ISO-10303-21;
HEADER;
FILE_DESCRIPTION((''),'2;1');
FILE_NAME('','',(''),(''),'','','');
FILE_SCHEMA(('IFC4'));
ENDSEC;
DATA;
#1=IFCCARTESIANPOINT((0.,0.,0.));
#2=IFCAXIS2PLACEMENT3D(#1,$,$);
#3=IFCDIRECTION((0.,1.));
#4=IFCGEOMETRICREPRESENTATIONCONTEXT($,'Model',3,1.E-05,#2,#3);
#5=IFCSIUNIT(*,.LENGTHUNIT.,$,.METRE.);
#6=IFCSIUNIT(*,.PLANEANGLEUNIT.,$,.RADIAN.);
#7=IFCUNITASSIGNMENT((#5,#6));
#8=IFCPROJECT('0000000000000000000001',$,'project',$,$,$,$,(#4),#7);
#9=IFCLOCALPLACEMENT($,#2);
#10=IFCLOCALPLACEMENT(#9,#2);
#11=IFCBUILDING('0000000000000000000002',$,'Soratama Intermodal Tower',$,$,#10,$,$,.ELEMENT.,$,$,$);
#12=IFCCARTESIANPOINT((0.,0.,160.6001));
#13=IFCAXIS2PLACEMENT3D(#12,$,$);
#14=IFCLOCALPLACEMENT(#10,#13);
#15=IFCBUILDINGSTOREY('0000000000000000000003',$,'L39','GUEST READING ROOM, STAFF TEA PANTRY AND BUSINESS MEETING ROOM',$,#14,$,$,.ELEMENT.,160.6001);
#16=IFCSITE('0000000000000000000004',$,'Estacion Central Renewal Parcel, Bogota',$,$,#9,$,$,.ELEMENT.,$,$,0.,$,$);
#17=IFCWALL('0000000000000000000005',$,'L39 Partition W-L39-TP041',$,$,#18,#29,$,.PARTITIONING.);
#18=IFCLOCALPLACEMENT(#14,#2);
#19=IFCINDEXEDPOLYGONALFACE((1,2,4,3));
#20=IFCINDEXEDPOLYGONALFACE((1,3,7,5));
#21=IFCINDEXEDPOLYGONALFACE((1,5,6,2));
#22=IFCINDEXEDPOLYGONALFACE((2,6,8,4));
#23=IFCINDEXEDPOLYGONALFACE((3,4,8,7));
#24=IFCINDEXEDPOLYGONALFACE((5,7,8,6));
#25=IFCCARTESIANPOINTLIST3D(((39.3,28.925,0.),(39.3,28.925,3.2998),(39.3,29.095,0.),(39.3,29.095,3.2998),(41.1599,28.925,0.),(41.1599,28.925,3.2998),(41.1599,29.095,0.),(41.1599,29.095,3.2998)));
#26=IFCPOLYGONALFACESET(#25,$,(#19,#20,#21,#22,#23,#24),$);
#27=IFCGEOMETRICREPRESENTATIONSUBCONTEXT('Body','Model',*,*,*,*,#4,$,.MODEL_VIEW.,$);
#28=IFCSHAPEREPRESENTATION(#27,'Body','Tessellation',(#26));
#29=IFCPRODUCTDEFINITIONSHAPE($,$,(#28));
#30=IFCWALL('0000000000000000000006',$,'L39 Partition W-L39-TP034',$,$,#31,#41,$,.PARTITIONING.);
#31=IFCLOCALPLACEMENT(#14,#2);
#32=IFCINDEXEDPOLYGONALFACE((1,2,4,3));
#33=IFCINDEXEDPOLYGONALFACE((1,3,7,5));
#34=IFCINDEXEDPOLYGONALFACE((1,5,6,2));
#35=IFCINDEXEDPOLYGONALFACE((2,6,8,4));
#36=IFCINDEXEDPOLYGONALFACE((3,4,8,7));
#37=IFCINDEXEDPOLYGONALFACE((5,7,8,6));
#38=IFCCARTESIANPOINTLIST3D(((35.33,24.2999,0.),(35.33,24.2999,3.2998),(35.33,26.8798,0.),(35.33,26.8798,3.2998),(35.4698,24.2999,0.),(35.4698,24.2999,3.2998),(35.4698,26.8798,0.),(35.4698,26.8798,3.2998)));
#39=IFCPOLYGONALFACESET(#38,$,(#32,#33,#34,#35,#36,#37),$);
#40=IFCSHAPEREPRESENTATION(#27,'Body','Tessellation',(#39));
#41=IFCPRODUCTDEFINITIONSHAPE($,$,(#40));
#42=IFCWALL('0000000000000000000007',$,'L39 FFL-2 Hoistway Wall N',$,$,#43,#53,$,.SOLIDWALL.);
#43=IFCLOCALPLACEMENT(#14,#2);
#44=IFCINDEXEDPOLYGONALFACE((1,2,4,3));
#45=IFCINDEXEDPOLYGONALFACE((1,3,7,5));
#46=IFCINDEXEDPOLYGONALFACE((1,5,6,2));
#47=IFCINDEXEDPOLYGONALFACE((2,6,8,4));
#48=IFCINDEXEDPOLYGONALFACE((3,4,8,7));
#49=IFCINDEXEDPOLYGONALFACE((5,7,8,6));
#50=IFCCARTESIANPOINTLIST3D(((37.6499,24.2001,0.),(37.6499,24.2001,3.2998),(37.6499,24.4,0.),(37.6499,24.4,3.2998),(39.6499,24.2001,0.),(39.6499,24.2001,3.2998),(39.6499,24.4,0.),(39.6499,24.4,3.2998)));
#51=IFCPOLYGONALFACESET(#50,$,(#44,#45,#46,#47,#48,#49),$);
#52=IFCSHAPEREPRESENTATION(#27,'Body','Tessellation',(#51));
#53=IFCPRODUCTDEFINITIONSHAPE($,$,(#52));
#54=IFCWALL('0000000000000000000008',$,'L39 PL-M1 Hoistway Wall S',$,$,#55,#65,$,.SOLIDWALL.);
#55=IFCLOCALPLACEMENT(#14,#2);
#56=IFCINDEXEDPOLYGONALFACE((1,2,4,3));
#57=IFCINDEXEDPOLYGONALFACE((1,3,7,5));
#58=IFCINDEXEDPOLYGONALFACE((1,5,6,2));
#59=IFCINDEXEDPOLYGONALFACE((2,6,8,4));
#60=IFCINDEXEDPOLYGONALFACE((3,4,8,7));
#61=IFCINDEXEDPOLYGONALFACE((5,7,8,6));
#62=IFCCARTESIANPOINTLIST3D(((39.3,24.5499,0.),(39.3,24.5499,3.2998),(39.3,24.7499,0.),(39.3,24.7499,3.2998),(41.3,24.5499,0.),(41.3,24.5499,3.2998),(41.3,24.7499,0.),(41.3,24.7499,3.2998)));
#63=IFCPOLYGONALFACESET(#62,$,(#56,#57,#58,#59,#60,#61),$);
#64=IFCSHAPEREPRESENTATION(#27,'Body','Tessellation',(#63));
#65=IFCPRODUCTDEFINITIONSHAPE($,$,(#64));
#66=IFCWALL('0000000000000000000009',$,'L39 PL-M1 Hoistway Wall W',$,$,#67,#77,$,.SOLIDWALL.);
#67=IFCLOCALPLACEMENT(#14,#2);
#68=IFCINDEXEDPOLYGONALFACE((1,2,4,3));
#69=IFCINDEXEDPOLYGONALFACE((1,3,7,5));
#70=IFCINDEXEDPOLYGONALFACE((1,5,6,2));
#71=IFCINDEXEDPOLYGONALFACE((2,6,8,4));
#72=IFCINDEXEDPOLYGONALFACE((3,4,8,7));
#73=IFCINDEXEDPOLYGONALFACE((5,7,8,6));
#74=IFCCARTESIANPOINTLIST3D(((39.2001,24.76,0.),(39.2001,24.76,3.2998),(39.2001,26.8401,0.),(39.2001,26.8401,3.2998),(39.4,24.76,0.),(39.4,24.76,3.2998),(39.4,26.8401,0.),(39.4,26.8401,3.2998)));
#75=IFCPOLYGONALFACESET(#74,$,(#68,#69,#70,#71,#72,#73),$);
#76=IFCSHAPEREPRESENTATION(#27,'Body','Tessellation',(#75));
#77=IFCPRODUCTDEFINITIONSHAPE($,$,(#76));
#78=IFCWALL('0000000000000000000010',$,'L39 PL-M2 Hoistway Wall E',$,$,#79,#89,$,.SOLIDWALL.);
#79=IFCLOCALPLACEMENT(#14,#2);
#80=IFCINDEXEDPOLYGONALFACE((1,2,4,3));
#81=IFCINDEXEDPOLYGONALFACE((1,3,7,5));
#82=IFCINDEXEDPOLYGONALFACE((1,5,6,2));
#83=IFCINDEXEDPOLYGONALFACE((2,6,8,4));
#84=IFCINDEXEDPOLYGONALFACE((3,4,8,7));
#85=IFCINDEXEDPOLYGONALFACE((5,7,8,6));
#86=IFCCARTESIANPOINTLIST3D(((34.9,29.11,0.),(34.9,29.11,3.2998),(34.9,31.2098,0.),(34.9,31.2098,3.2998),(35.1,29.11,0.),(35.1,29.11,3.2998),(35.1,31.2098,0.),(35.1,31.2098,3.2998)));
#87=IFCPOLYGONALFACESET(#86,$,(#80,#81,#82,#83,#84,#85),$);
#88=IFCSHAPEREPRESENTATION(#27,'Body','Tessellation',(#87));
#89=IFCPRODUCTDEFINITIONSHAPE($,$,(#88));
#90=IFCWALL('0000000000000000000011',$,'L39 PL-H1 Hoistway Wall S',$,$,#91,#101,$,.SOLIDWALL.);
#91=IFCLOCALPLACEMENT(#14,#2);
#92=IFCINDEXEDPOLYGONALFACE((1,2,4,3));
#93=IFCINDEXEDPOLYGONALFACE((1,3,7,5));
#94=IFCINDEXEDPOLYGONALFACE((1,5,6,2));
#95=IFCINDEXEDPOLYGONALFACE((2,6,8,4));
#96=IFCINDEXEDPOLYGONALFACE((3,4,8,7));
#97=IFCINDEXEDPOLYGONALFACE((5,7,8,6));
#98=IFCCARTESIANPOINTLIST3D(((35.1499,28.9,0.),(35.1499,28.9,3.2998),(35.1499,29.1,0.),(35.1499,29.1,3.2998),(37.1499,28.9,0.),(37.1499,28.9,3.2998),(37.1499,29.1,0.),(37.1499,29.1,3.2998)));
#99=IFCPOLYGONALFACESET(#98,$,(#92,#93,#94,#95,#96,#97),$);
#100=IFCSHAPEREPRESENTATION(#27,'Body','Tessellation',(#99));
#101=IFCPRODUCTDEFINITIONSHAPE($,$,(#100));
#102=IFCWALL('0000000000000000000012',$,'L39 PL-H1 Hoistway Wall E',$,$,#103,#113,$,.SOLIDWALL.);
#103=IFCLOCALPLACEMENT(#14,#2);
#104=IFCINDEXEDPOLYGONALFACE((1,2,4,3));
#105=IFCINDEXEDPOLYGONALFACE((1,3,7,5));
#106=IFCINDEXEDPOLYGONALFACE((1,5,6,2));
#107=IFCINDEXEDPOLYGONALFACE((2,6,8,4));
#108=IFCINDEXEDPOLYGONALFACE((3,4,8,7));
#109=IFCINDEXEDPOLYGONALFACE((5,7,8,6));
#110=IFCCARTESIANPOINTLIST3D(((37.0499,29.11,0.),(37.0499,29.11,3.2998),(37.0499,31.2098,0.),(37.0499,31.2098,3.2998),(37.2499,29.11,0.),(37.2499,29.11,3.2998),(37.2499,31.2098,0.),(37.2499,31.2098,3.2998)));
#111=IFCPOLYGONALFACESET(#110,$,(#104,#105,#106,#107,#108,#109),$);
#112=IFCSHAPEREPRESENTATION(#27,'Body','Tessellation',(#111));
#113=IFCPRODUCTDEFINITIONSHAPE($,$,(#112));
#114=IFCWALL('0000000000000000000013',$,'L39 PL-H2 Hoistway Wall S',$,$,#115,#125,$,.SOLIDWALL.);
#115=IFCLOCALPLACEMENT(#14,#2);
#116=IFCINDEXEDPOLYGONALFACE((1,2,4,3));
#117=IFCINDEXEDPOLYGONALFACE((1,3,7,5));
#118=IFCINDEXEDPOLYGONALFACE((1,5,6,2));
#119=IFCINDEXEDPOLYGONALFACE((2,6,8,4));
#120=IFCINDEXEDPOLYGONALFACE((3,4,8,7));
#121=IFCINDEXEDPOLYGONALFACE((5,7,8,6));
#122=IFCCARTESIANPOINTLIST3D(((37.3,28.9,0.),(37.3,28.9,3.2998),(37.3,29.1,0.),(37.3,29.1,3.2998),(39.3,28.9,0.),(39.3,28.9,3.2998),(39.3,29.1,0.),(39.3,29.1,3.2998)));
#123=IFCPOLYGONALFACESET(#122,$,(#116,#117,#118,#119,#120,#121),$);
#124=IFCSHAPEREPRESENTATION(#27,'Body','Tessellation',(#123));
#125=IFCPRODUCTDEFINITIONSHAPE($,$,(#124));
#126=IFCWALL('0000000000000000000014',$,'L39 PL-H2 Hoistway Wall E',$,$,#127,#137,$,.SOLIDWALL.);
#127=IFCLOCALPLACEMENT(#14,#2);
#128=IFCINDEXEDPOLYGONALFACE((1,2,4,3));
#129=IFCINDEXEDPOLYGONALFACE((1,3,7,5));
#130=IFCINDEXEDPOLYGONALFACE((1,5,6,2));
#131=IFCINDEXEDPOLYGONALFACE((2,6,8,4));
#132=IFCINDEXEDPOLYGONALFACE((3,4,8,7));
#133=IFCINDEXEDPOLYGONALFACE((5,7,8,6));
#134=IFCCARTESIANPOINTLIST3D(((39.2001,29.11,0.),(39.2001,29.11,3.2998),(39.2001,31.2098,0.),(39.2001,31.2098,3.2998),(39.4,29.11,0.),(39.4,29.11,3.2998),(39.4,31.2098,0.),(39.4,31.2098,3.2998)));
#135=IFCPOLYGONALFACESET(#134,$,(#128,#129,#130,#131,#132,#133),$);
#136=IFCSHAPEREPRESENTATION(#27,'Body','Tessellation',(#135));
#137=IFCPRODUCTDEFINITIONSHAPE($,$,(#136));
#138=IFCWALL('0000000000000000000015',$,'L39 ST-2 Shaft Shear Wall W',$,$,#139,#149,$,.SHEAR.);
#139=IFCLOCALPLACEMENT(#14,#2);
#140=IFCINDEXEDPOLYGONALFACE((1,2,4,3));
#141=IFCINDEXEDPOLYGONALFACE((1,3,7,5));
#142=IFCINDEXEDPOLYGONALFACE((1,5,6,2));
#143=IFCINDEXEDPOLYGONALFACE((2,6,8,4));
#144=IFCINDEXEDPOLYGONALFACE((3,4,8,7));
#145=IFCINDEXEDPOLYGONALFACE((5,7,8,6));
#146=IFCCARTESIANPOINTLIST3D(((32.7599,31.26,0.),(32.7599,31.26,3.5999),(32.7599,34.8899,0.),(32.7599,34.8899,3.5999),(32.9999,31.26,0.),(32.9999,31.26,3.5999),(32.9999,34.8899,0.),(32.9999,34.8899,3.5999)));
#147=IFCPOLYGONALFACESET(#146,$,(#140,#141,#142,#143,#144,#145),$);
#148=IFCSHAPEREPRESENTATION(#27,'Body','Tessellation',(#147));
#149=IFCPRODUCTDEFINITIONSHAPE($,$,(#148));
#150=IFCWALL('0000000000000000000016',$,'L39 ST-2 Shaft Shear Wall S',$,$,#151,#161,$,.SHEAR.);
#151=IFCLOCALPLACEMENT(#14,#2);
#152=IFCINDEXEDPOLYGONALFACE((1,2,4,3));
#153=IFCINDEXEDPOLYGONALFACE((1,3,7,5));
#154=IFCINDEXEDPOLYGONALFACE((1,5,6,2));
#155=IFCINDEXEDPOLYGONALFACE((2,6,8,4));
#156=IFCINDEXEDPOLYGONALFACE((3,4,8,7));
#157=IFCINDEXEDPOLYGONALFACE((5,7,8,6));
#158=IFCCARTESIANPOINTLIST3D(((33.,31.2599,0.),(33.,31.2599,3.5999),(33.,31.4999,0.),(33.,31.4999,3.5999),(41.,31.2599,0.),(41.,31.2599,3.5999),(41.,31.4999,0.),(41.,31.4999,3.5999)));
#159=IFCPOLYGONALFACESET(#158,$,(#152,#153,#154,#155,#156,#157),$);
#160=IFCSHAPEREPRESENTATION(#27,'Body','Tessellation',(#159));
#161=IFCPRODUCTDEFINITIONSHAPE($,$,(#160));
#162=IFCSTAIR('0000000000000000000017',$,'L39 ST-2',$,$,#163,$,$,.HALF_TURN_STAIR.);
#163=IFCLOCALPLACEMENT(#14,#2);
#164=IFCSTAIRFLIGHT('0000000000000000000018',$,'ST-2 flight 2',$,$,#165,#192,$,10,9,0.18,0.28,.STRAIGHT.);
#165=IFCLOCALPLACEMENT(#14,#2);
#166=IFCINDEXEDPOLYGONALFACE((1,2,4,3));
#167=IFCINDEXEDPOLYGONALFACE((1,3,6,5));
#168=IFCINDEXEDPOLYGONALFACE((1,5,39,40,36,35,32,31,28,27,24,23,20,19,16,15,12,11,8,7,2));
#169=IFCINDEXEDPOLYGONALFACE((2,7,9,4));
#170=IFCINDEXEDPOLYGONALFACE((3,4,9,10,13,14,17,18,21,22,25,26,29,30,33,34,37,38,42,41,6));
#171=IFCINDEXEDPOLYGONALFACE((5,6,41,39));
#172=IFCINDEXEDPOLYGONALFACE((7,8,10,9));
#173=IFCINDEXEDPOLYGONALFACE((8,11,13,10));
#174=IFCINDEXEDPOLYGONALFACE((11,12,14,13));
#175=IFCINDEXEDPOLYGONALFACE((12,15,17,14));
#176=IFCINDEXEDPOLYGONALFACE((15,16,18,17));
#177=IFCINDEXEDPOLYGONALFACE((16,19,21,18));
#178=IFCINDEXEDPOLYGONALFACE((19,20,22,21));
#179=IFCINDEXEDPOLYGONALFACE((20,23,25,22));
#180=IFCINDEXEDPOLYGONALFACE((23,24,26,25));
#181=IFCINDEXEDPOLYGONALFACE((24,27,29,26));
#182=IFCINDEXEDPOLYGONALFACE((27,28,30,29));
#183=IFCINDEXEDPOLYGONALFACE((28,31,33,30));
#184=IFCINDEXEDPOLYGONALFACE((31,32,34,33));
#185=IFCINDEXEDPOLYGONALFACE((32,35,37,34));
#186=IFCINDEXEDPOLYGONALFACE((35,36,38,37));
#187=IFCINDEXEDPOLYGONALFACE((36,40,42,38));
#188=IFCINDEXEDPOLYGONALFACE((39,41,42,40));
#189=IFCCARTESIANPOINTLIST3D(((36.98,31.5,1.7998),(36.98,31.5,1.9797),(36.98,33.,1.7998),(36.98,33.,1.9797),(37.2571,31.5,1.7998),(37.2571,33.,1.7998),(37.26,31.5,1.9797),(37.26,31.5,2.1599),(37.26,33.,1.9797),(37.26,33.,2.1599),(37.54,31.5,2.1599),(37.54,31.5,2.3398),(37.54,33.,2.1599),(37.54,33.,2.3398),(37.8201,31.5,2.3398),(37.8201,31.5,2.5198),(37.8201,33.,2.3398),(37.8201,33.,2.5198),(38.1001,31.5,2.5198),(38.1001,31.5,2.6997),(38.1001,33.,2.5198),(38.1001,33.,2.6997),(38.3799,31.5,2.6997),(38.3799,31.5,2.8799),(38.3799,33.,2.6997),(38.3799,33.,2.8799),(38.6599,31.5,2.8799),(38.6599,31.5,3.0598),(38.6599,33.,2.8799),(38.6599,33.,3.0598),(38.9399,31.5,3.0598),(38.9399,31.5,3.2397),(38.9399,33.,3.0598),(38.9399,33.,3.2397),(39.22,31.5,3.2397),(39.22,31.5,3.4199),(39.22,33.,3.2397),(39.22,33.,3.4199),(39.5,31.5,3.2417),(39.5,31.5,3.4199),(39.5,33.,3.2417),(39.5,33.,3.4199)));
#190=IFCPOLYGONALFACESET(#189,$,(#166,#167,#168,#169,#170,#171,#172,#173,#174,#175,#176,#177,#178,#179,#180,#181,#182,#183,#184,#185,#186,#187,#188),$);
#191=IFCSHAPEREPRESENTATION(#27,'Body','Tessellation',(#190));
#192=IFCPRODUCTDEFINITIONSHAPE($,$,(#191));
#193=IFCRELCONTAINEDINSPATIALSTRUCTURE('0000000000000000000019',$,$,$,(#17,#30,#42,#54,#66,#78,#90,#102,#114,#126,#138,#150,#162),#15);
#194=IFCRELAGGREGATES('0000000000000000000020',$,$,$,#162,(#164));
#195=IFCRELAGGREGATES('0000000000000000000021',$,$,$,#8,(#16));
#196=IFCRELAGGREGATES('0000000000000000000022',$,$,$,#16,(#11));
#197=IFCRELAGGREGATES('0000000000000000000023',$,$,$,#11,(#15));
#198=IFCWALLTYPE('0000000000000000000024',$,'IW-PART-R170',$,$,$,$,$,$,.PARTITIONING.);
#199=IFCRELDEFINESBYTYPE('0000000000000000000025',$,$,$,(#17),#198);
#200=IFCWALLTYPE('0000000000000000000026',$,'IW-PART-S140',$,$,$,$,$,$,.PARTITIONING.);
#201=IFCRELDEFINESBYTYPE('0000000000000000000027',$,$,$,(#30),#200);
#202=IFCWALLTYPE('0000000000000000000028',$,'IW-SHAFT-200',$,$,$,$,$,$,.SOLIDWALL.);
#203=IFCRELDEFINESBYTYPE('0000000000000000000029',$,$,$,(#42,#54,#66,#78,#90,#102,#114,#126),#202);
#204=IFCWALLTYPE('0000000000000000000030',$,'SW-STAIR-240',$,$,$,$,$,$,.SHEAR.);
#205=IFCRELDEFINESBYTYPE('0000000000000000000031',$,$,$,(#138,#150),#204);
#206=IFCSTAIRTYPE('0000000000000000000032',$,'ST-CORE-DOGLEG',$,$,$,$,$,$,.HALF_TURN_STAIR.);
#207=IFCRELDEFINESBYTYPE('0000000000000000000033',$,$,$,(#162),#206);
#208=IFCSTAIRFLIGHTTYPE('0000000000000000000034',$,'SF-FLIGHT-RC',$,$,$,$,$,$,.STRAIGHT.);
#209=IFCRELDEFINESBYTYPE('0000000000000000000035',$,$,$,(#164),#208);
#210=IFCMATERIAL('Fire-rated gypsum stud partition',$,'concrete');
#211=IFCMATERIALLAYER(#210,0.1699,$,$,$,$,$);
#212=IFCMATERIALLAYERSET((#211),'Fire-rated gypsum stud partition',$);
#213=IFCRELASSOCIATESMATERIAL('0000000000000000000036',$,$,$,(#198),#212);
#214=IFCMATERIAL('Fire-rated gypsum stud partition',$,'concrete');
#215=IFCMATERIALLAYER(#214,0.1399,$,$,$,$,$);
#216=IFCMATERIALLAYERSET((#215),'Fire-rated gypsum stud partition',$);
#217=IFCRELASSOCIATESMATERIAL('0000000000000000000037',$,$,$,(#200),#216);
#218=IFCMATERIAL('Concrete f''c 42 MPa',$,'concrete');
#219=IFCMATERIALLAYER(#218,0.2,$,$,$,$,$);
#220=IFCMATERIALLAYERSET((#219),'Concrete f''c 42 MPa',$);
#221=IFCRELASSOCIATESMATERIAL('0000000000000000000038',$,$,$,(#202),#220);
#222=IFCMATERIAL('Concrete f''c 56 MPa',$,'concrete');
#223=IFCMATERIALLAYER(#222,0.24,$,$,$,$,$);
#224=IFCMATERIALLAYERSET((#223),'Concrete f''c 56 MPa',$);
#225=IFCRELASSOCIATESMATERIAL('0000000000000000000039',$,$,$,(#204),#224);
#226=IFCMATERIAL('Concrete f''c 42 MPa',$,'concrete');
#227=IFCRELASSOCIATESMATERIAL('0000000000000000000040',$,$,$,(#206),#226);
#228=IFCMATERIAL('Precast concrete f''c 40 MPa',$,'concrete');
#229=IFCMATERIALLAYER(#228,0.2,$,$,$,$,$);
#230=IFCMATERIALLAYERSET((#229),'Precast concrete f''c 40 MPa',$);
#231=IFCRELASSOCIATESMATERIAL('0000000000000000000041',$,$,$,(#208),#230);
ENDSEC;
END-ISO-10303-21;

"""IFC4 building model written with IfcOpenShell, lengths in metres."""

from ifc_helpers import new_model, si_unit, direction, frame, frame_2d, origin, place, context, subcontext, project, spatial, polyline, rectangle, outline, extrude, material, layer, layer_set, type_object, element, aggregate, save


model = new_model("IFC4")

# Units and contexts
model_context = context("Model", 3, precision=1e-05, world=origin(), true_north=direction((0.0, 1.0)))
body_context = subcontext(model_context, "Body", "Model", "MODEL_VIEW")
ifc_project = project(units=[si_unit("LENGTHUNIT", "METRE"), si_unit("PLANEANGLEUNIT", "RADIAN")], contexts=[model_context])

# Site, building, storey
site_placement = place(None, origin())
site = spatial("IfcSite", under=ifc_project, at=site_placement, Name="Estacion Central Renewal Parcel, Bogota", CompositionType="ELEMENT", RefElevation=0.0)
building_placement = place(site_placement, origin())
building = spatial("IfcBuilding", under=site, at=building_placement, Name="Soratama Intermodal Tower", CompositionType="ELEMENT")
storey_placement = place(building_placement, frame((0.0, 0.0, 160.6001)))
storey = spatial("IfcBuildingStorey", under=building, at=storey_placement, Name="L39", Description="GUEST READING ROOM, STAFF TEA PANTRY AND BUSINESS MEETING ROOM", CompositionType="ELEMENT", Elevation=160.6001)

# Shared definitions
ifc_material_1 = material(Name="Fire-rated gypsum stud partition", Category="concrete")
ifc_layer_1 = layer(ifc_material_1, 0.1699)
ifc_layer_set_1 = layer_set([ifc_layer_1], Name="Fire-rated gypsum stud partition")
wall_type_1 = type_object("IfcWallType", Name="IW-PART-R170", PredefinedType="PARTITIONING", material=ifc_layer_set_1)

# Walls
wall_1_placement = place(storey_placement, frame((39.3, 29.01, 0.0), z_axis=(0.0, 0.0, 1.0), x_axis=(1.0, 0.0, 0.0)))
element("IfcWall", 1, at=wall_1_placement, inside=storey, type_object=wall_type_1, Name="L39 Partition W-L39-TP041", PredefinedType="PARTITIONING", context=body_context, shape_type="SweptSolid", body=[
    extrude(rectangle(XDim=1.8599, YDim=0.1699, at=frame_2d((0.9299, 0.0))), origin(), (0.0, 0.0, 1.0), 3.2998),
])
ifc_material_2 = material(Name="Fire-rated gypsum stud partition", Category="concrete")
ifc_layer_2 = layer(ifc_material_2, 0.1399)
ifc_layer_set_2 = layer_set([ifc_layer_2], Name="Fire-rated gypsum stud partition")
wall_type_2 = type_object("IfcWallType", Name="IW-PART-S140", PredefinedType="PARTITIONING", material=ifc_layer_set_2)
wall_2_placement = place(storey_placement, frame((35.3999, 26.8799, 0.0), z_axis=(0.0, 0.0, 1.0), x_axis=(0.0, -1.0, 0.0)))
element("IfcWall", 2, at=wall_2_placement, inside=storey, type_object=wall_type_2, Name="L39 Partition W-L39-TP034", PredefinedType="PARTITIONING", context=body_context, shape_type="SweptSolid", body=[
    extrude(rectangle(XDim=2.5798, YDim=0.1399, at=frame_2d((1.29, 0.0))), origin(), (0.0, 0.0, 1.0), 3.2998),
])
ifc_material_3 = material(Name="Concrete f'c 42 MPa", Category="concrete")
ifc_layer_3 = layer(ifc_material_3, 0.2)
ifc_layer_set_3 = layer_set([ifc_layer_3], Name="Concrete f'c 42 MPa")
wall_type_3 = type_object("IfcWallType", Name="IW-SHAFT-200", PredefinedType="SOLIDWALL", material=ifc_layer_set_3)
for number, where, z_axis, x_axis, name in (
    (3, (37.6499, 24.3, 0.0), (0.0, 0.0, 1.0), (1.0, 0.0, 0.0), "L39 FFL-2 Hoistway Wall N"),
    (4, (39.3, 24.6499, 0.0), (0.0, 0.0, 1.0), (1.0, 0.0, 0.0), "L39 PL-M1 Hoistway Wall S"),
):
    element("IfcWall", number, at=place(storey_placement, frame(where, z_axis=z_axis, x_axis=x_axis)), inside=storey, type_object=wall_type_3, Name=name, PredefinedType="SOLIDWALL", context=body_context, shape_type="SweptSolid", body=[
        extrude(rectangle(XDim=2.0, YDim=0.2, at=frame_2d((1.0, 0.0))), origin(), (0.0, 0.0, 1.0), 3.2998),
    ])

# Wall
wall_3_placement = place(storey_placement, frame((39.3, 24.76, 0.0), z_axis=(0.0, 0.0, 1.0), x_axis=(0.0, 1.0, 0.0)))
element("IfcWall", 5, at=wall_3_placement, inside=storey, type_object=wall_type_3, Name="L39 PL-M1 Hoistway Wall W", PredefinedType="SOLIDWALL", context=body_context, shape_type="SweptSolid", body=[
    extrude(rectangle(XDim=2.0801, YDim=0.2, at=frame_2d((1.04, 0.0))), origin(), (0.0, 0.0, 1.0), 3.2998),
])

# Walls
wall_4_placement = place(storey_placement, frame((35.0, 29.1101, 0.0), z_axis=(0.0, 0.0, 1.0), x_axis=(0.0, 1.0, 0.0)))
element("IfcWall", 6, at=wall_4_placement, inside=storey, type_object=wall_type_3, Name="L39 PL-M2 Hoistway Wall E", PredefinedType="SOLIDWALL", context=body_context, shape_type="SweptSolid", body=[
    extrude(rectangle(XDim=2.0999, YDim=0.2, at=frame_2d((1.0498, 0.0))), origin(), (0.0, 0.0, 1.0), 3.2998),
])
wall_5_placement = place(storey_placement, frame((35.1499, 29.0, 0.0), z_axis=(0.0, 0.0, 1.0), x_axis=(1.0, 0.0, 0.0)))
element("IfcWall", 7, at=wall_5_placement, inside=storey, type_object=wall_type_3, Name="L39 PL-H1 Hoistway Wall S", PredefinedType="SOLIDWALL", context=body_context, shape_type="SweptSolid", body=[
    extrude(rectangle(XDim=2.0, YDim=0.2, at=frame_2d((1.0, 0.0))), origin(), (0.0, 0.0, 1.0), 3.2998),
])
wall_6_placement = place(storey_placement, frame((37.1499, 29.1101, 0.0), z_axis=(0.0, 0.0, 1.0), x_axis=(0.0, 1.0, 0.0)))
element("IfcWall", 8, at=wall_6_placement, inside=storey, type_object=wall_type_3, Name="L39 PL-H1 Hoistway Wall E", PredefinedType="SOLIDWALL", context=body_context, shape_type="SweptSolid", body=[
    extrude(rectangle(XDim=2.0999, YDim=0.2, at=frame_2d((1.0498, 0.0))), origin(), (0.0, 0.0, 1.0), 3.2998),
])
wall_7_placement = place(storey_placement, frame((37.3, 29.0, 0.0), z_axis=(0.0, 0.0, 1.0), x_axis=(1.0, 0.0, 0.0)))
element("IfcWall", 9, at=wall_7_placement, inside=storey, type_object=wall_type_3, Name="L39 PL-H2 Hoistway Wall S", PredefinedType="SOLIDWALL", context=body_context, shape_type="SweptSolid", body=[
    extrude(rectangle(XDim=2.0, YDim=0.2, at=frame_2d((1.0, 0.0))), origin(), (0.0, 0.0, 1.0), 3.2998),
])
wall_8_placement = place(storey_placement, frame((39.3, 29.1101, 0.0), z_axis=(0.0, 0.0, 1.0), x_axis=(0.0, 1.0, 0.0)))
element("IfcWall", 10, at=wall_8_placement, inside=storey, type_object=wall_type_3, Name="L39 PL-H2 Hoistway Wall E", PredefinedType="SOLIDWALL", context=body_context, shape_type="SweptSolid", body=[
    extrude(rectangle(XDim=2.0999, YDim=0.2, at=frame_2d((1.0498, 0.0))), origin(), (0.0, 0.0, 1.0), 3.2998),
])
ifc_material_4 = material(Name="Concrete f'c 56 MPa", Category="concrete")
ifc_layer_4 = layer(ifc_material_4, 0.24)
ifc_layer_set_4 = layer_set([ifc_layer_4], Name="Concrete f'c 56 MPa")
wall_type_4 = type_object("IfcWallType", Name="SW-STAIR-240", PredefinedType="SHEAR", material=ifc_layer_set_4)
wall_9_placement = place(storey_placement, frame((32.8799, 31.26, 0.0), z_axis=(0.0, 0.0, 1.0), x_axis=(0.0, 1.0, 0.0)))
element("IfcWall", 11, at=wall_9_placement, inside=storey, type_object=wall_type_4, Name="L39 ST-2 Shaft Shear Wall W", PredefinedType="SHEAR", context=body_context, shape_type="SweptSolid", body=[
    extrude(rectangle(XDim=3.6299, YDim=0.24, at=frame_2d((1.8149, 0.0))), origin(), (0.0, 0.0, 1.0), 3.5999),
])
wall_10_placement = place(storey_placement, frame((33.0, 31.3799, 0.0), z_axis=(0.0, 0.0, 1.0), x_axis=(1.0, 0.0, 0.0)))
element("IfcWall", 12, at=wall_10_placement, inside=storey, type_object=wall_type_4, Name="L39 ST-2 Shaft Shear Wall S", PredefinedType="SHEAR", context=body_context, shape_type="SweptSolid", body=[
    extrude(rectangle(XDim=8.0, YDim=0.24, at=frame_2d((4.0, 0.0))), origin(), (0.0, 0.0, 1.0), 3.5999),
])

# Stair, stair flight
ifc_material_5 = material(Name="Concrete f'c 42 MPa", Category="concrete")
stair_type = type_object("IfcStairType", Name="ST-CORE-DOGLEG", PredefinedType="HALF_TURN_STAIR", material=ifc_material_5)
stair_placement = place(storey_placement, origin())
stair = element("IfcStair", 13, at=stair_placement, inside=storey, type_object=stair_type, Name="L39 ST-2", PredefinedType="HALF_TURN_STAIR")
ifc_material_6 = material(Name="Precast concrete f'c 40 MPa", Category="concrete")
ifc_layer_5 = layer(ifc_material_6, 0.2)
ifc_layer_set_5 = layer_set([ifc_layer_5], Name="Precast concrete f'c 40 MPa")
stair_flight_type = type_object("IfcStairFlightType", Name="SF-FLIGHT-RC", PredefinedType="STRAIGHT", material=ifc_layer_set_5)
stair_flight_placement = place(storey_placement, frame((36.98, 32.25, 1.7998), z_axis=(0.0, 0.0, 1.0), x_axis=(1.0, 0.0, 0.0)))
stair_flight = element("IfcStairFlight", 14, at=stair_flight_placement, type_object=stair_flight_type, Name="ST-2 flight 2", NumberOfRisers=10, NumberOfTreads=9, PredefinedType="STRAIGHT", RiserHeight=0.18, TreadLength=0.28, context=body_context, shape_type="SweptSolid", body=[
    extrude(outline(polyline([(0.0, 0.0), (0.0, 0.1799), (0.28, 0.1799), (0.28, 0.3601), (0.5601, 0.3601), (0.5601, 0.54), (0.8401, 0.54), (0.8401, 0.72), (1.1201, 0.72), (1.1201, 0.8999), (1.3999, 0.8999), (1.3999, 1.0801), (1.6799, 1.0801), (1.6799, 1.26), (1.96, 1.26), (1.96, 1.4399), (2.24, 1.4399), (2.24, 1.6201), (2.52, 1.6201), (2.52, 1.8), (2.52, 1.4419), (0.2771, 0.0), (0.0, 0.0)])), frame((0.0, 0.75, 0.0), z_axis=(0.0, -1.0, 0.0), x_axis=(1.0, 0.0, 0.0)), (0.0, 0.0, 1.0), 1.5),
])
aggregate(stair, [stair_flight])

save(model, "model.ifc")
